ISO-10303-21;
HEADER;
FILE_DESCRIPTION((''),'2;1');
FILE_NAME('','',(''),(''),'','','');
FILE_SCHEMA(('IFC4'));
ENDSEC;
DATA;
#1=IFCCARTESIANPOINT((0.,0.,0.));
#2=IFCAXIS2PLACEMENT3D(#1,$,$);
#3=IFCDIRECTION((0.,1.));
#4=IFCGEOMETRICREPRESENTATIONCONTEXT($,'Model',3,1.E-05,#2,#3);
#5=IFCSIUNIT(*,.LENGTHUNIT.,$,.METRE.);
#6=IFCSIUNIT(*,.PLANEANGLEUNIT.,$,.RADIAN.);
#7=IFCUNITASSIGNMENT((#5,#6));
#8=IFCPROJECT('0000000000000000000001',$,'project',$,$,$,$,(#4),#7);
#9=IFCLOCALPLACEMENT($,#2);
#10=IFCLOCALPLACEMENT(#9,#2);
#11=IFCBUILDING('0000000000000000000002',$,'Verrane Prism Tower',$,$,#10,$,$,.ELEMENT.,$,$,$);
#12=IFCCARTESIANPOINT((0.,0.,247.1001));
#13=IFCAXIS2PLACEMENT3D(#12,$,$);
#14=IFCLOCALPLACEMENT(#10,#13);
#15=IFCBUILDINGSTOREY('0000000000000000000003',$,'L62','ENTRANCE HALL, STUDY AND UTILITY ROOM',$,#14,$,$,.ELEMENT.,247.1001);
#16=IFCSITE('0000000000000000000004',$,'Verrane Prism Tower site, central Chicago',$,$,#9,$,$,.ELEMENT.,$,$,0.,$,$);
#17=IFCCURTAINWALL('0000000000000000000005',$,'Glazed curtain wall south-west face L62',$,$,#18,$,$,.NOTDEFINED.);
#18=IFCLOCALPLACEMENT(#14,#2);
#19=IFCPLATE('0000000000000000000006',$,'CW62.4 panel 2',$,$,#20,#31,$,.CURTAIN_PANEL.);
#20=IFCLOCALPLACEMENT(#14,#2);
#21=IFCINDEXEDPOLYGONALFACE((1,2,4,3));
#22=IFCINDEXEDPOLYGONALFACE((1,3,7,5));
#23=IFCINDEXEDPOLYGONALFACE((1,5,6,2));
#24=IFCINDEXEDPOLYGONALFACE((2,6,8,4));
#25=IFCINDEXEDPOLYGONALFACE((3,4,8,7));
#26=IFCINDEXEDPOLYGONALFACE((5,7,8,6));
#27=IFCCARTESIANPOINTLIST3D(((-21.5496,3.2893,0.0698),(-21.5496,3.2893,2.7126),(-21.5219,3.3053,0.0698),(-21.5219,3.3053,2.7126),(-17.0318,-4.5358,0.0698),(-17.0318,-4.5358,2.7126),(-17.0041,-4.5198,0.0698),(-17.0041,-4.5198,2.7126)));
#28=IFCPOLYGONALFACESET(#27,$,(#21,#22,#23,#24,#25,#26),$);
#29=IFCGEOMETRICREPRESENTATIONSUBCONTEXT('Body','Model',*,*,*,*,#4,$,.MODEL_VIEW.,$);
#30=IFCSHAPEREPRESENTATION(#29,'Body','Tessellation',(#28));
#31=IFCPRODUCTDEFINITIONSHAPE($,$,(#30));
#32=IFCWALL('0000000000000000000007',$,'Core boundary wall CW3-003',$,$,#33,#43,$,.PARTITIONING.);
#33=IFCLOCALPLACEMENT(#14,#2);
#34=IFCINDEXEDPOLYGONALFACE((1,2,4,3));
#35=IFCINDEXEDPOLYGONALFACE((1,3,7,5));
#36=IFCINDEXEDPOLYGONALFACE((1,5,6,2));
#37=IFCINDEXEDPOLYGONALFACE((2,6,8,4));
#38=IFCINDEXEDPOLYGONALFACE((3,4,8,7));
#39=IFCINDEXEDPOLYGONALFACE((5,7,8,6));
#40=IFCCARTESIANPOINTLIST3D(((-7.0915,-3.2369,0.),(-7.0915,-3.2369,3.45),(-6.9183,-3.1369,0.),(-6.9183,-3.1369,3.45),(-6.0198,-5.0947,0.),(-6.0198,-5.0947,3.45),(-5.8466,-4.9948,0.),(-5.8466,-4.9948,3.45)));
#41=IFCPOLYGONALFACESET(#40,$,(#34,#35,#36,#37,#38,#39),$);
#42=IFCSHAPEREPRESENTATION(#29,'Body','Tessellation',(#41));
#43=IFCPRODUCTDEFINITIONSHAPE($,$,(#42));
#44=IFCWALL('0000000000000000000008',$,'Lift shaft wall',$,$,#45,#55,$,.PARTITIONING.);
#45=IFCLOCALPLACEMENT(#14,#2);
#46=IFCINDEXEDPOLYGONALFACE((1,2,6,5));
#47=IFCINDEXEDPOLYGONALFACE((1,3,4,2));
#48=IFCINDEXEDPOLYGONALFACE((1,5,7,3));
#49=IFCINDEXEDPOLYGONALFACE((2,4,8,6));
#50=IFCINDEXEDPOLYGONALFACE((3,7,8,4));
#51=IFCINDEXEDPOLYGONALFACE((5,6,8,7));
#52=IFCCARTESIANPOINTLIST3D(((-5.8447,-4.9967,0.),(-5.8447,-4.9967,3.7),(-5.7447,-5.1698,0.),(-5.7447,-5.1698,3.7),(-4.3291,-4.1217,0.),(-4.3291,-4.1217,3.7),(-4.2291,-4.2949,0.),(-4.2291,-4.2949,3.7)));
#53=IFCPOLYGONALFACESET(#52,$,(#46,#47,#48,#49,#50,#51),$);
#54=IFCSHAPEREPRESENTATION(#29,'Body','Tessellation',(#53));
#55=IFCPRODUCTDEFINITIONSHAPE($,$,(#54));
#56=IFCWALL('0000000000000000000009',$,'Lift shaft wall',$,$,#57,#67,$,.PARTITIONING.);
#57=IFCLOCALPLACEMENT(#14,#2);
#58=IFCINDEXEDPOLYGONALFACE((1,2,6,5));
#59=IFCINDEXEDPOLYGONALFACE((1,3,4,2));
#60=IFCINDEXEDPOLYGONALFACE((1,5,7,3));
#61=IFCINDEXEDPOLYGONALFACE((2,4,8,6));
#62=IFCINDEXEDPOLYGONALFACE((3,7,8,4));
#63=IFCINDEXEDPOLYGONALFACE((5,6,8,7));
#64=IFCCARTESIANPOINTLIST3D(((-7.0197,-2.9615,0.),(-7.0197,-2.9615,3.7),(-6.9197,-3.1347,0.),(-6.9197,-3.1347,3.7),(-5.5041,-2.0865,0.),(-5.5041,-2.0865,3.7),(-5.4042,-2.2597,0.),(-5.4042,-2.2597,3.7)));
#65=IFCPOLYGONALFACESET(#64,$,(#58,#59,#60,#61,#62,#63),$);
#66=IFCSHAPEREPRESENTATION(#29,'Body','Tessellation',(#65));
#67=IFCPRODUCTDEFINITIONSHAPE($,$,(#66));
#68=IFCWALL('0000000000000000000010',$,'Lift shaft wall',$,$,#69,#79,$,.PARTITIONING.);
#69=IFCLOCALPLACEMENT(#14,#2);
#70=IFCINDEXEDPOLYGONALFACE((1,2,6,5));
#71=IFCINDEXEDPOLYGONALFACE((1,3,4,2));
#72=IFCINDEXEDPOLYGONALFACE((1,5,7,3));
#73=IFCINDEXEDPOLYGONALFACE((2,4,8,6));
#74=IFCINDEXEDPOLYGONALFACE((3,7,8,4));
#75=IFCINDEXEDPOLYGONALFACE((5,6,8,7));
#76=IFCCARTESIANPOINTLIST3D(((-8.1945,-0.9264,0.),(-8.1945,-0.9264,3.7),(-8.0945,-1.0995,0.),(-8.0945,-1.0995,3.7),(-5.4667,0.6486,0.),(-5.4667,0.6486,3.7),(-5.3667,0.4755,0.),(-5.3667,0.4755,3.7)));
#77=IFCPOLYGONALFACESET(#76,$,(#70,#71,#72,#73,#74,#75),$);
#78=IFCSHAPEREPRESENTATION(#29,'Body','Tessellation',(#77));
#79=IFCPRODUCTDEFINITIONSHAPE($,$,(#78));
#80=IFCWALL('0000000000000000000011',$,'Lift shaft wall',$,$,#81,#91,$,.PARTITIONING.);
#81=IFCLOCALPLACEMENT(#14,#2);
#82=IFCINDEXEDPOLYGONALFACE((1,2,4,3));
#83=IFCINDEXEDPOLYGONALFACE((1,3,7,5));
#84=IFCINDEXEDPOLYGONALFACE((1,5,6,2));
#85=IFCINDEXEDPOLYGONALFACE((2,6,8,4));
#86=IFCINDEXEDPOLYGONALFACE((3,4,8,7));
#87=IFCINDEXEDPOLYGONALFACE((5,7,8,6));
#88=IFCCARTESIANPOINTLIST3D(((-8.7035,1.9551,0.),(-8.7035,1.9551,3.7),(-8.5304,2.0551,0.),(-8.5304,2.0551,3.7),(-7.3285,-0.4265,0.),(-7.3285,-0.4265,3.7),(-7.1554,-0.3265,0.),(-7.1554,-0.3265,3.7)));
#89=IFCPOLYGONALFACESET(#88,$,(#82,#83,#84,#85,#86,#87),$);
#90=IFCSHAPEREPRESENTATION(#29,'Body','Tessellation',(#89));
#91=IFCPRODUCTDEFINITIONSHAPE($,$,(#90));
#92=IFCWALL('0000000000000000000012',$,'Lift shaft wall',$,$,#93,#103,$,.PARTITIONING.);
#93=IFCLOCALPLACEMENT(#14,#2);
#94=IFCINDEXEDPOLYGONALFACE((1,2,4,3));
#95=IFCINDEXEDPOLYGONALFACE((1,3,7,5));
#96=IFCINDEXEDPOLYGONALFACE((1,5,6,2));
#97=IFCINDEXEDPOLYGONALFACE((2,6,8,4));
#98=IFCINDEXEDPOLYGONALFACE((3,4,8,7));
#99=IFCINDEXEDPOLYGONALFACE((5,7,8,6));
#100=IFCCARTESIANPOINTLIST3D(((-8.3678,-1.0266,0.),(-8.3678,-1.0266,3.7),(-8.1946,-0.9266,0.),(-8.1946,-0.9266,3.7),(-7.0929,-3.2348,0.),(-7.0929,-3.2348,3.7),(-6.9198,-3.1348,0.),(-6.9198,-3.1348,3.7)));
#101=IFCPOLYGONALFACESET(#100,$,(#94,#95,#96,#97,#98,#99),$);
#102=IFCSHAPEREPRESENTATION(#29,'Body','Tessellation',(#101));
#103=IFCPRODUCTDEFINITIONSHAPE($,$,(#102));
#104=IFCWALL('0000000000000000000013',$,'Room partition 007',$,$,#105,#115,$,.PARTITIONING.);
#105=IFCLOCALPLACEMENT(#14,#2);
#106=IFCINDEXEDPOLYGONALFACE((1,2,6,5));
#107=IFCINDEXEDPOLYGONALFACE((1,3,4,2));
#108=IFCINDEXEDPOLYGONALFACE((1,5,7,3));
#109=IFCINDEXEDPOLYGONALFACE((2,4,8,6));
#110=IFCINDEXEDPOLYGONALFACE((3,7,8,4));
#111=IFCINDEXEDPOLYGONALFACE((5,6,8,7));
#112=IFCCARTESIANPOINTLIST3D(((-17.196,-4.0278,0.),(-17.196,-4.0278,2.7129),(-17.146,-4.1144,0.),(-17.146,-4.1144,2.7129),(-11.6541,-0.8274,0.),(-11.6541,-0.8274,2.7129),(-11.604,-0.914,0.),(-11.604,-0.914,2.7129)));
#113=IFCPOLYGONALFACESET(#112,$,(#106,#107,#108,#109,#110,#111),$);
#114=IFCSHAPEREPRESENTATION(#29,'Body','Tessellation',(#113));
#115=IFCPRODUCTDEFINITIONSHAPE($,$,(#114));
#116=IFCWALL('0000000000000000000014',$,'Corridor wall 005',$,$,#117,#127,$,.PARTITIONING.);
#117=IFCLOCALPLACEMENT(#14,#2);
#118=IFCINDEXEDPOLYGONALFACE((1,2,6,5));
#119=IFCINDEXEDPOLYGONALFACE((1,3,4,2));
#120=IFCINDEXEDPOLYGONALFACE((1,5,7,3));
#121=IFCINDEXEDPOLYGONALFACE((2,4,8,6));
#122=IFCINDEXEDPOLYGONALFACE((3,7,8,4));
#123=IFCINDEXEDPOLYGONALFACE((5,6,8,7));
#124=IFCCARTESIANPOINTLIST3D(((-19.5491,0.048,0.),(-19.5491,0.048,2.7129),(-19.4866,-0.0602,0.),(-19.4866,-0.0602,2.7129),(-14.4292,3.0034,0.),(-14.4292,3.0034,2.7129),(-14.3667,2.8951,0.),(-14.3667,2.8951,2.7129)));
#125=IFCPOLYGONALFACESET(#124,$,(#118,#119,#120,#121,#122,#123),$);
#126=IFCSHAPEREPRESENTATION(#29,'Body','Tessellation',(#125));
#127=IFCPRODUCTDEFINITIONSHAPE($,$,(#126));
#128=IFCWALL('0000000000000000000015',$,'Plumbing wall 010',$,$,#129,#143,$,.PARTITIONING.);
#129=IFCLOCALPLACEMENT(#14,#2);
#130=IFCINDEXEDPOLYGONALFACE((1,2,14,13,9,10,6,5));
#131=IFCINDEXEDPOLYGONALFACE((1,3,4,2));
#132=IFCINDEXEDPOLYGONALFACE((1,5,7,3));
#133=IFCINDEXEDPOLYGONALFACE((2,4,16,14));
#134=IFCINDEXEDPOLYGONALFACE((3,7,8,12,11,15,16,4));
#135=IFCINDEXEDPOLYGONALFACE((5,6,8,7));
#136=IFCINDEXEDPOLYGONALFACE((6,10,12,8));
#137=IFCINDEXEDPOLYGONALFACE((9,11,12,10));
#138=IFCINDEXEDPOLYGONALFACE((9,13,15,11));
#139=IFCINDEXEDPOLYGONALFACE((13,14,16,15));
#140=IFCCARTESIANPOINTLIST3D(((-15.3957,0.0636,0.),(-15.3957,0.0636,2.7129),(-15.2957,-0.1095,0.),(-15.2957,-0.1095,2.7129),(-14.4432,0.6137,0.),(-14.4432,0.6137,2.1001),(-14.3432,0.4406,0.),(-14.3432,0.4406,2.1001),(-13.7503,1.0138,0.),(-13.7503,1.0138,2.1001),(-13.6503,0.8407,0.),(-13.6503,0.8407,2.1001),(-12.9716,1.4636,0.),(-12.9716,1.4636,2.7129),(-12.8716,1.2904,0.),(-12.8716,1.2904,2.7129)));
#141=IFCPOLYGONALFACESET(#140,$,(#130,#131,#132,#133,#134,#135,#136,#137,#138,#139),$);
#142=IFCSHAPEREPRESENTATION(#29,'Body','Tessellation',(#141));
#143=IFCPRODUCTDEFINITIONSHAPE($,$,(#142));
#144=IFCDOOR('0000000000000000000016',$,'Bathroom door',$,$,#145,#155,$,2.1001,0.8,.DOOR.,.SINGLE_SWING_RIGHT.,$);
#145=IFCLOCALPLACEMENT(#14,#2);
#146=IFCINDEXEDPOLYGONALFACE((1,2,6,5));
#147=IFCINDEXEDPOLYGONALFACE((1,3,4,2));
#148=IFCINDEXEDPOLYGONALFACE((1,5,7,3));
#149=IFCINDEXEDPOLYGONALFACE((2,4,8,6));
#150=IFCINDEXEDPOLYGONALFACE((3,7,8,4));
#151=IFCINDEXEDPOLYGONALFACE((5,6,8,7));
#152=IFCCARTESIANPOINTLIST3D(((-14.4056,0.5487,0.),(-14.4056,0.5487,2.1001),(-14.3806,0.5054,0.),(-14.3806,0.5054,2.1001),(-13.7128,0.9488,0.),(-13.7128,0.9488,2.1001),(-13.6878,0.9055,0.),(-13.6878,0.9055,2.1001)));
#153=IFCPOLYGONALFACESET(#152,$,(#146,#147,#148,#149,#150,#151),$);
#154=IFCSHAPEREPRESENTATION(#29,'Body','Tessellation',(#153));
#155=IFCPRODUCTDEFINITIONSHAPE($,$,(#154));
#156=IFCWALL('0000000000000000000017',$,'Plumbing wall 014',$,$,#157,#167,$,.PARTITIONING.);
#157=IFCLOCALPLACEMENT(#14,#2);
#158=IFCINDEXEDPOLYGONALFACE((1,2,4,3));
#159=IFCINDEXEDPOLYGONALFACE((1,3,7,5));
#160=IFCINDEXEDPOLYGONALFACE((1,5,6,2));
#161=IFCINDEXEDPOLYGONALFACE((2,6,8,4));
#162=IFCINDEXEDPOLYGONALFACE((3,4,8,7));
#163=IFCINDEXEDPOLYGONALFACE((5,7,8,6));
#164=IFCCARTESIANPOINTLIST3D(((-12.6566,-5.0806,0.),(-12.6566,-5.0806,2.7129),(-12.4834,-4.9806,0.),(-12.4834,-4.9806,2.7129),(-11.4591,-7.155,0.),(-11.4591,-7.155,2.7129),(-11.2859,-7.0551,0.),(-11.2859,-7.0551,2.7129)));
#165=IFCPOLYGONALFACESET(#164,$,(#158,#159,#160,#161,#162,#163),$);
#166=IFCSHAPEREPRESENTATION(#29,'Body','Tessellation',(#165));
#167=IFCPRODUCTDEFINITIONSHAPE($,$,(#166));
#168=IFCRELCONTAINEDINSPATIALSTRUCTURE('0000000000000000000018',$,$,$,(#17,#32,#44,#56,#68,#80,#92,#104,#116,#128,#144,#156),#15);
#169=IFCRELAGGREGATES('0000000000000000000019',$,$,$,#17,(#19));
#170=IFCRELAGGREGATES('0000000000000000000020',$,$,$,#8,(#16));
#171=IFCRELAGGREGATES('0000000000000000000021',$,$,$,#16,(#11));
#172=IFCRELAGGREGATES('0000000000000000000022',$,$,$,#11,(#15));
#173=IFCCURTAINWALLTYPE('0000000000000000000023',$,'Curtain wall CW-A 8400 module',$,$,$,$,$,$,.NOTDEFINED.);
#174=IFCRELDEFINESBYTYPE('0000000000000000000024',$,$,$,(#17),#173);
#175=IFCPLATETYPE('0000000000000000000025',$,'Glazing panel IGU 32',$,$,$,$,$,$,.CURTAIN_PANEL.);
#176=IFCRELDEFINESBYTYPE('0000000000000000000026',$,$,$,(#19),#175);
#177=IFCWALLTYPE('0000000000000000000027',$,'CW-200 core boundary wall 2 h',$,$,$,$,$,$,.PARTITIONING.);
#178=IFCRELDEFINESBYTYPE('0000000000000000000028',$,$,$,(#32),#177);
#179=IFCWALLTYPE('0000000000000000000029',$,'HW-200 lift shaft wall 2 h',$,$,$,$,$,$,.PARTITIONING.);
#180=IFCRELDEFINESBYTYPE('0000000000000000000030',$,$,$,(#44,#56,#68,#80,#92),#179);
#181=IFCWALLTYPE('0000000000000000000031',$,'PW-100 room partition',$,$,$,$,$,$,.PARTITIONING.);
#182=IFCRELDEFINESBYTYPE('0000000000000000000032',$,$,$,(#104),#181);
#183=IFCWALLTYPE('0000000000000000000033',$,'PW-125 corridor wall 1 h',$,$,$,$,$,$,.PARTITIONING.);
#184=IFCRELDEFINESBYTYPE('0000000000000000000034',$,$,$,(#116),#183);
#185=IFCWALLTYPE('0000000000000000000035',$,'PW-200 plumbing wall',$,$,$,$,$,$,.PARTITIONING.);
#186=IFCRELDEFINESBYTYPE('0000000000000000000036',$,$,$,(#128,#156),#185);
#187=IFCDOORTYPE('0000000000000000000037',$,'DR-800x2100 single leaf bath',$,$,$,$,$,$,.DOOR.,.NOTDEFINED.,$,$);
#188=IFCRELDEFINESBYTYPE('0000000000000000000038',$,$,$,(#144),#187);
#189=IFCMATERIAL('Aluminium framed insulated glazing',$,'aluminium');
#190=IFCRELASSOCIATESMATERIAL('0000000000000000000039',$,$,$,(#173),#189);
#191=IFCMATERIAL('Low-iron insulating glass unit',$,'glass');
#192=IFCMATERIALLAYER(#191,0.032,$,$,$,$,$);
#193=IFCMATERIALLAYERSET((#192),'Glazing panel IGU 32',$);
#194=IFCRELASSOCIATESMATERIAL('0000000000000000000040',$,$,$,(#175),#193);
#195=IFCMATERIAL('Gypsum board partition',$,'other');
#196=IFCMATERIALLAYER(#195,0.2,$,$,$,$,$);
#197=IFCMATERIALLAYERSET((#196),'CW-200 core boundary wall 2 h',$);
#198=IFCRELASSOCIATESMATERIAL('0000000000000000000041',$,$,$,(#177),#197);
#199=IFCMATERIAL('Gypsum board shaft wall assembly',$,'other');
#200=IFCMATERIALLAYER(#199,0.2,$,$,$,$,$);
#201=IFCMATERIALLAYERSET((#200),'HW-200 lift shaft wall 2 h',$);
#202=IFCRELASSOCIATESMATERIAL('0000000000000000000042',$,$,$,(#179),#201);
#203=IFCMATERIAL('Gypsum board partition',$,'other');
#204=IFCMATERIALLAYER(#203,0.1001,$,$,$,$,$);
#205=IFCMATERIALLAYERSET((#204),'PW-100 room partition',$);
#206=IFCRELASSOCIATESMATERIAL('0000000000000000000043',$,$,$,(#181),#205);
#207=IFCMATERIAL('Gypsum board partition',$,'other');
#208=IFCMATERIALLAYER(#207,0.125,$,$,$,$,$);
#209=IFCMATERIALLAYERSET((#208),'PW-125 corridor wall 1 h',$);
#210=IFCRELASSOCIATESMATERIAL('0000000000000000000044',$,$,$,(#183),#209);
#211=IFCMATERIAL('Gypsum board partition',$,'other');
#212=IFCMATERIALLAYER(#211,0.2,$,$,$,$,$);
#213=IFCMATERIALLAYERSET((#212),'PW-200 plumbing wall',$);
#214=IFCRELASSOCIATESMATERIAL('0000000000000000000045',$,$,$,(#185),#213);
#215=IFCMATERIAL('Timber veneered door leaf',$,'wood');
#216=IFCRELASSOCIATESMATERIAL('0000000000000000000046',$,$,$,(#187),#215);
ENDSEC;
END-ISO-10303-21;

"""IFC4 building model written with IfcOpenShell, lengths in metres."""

from ifc_helpers import new_model, si_unit, direction, frame, frame_2d, origin, origin_2d, place, context, subcontext, project, spatial, rectangle, extrude, material, layer, layer_set, type_object, element, fill, aggregate, save


model = new_model("IFC4")

# Units and contexts
model_context = context("Model", 3, precision=1e-05, world=origin(), true_north=direction((0.0, 1.0)))
body_context = subcontext(model_context, "Body", "Model", "MODEL_VIEW")
ifc_project = project(units=[si_unit("LENGTHUNIT", "METRE"), si_unit("PLANEANGLEUNIT", "RADIAN")], contexts=[model_context])

# Site, building, storey
site_placement = place(None, origin())
site = spatial("IfcSite", under=ifc_project, at=site_placement, Name="Verrane Prism Tower site, central Chicago", CompositionType="ELEMENT", RefElevation=0.0)
building_placement = place(site_placement, origin())
building = spatial("IfcBuilding", under=site, at=building_placement, Name="Verrane Prism Tower", CompositionType="ELEMENT")
storey_placement = place(building_placement, frame((0.0, 0.0, 247.1001)))
storey = spatial("IfcBuildingStorey", under=building, at=storey_placement, Name="L62", Description="ENTRANCE HALL, STUDY AND UTILITY ROOM", CompositionType="ELEMENT", Elevation=247.1001)

# Curtain wall
ifc_material_1 = material(Name="Aluminium framed insulated glazing", Category="aluminium")
curtain_wall_type = type_object("IfcCurtainWallType", Name="Curtain wall CW-A 8400 module", PredefinedType="NOTDEFINED", material=ifc_material_1)
curtain_wall_placement = place(storey_placement, origin())
curtain_wall = element("IfcCurtainWall", 1, at=curtain_wall_placement, inside=storey, type_object=curtain_wall_type, Name="Glazed curtain wall south-west face L62", PredefinedType="NOTDEFINED")

# Plate
ifc_material_2 = material(Name="Low-iron insulating glass unit", Category="glass")
ifc_layer_1 = layer(ifc_material_2, 0.032)
ifc_layer_set_1 = layer_set([ifc_layer_1], Name="Glazing panel IGU 32")
plate_type = type_object("IfcPlateType", Name="Glazing panel IGU 32", PredefinedType="CURTAIN_PANEL", material=ifc_layer_set_1)
plate_placement = place(storey_placement, frame((-19.2769, -0.6152, 0.0698), z_axis=(0.0, 0.0, 1.0), x_axis=(0.5, -0.866026, 0.0)))
plate = element("IfcPlate", 2, at=plate_placement, type_object=plate_type, Name="CW62.4 panel 2", PredefinedType="CURTAIN_PANEL", context=body_context, shape_type="SweptSolid", body=[
    extrude(rectangle(XDim=9.0356, YDim=0.032, at=origin_2d()), origin(), (0.0, 0.0, 1.0), 2.6428),
])
aggregate(curtain_wall, [plate])

# Walls
ifc_material_3 = material(Name="Gypsum board partition", Category="other")
ifc_layer_2 = layer(ifc_material_3, 0.2)
ifc_layer_set_2 = layer_set([ifc_layer_2], Name="CW-200 core boundary wall 2 h")
wall_type_1 = type_object("IfcWallType", Name="CW-200 core boundary wall 2 h", PredefinedType="PARTITIONING", material=ifc_layer_set_2)
wall_1_placement = place(storey_placement, frame((-7.0049, -3.187, 0.0), z_axis=(0.0, 0.0, 1.0), x_axis=(0.49969, -0.866205, 0.0)))
element("IfcWall", 3, at=wall_1_placement, inside=storey, type_object=wall_type_1, Name="Core boundary wall CW3-003", PredefinedType="PARTITIONING", context=body_context, shape_type="SweptSolid", body=[
    extrude(rectangle(XDim=2.1448, YDim=0.2, at=frame_2d((1.0723, 0.0))), origin(), (0.0, 0.0, 1.0), 3.45),
])
ifc_material_4 = material(Name="Gypsum board shaft wall assembly", Category="other")
ifc_layer_3 = layer(ifc_material_4, 0.2)
ifc_layer_set_3 = layer_set([ifc_layer_3], Name="HW-200 lift shaft wall 2 h")
wall_type_2 = type_object("IfcWallType", Name="HW-200 lift shaft wall 2 h", PredefinedType="PARTITIONING", material=ifc_layer_set_3)
for number, where, z_axis, x_axis, name in (
    (4, (-5.7947, -5.0833, 0.0), (0.0, 0.0, 1.0), (0.866037, 0.49998, 0.0), "Lift shaft wall"),
    (5, (-6.9697, -3.0481, 0.0), (0.0, 0.0, 1.0), (0.866037, 0.49998, 0.0), "Lift shaft wall"),
):
    element("IfcWall", number, at=place(storey_placement, frame(where, z_axis=z_axis, x_axis=x_axis)), inside=storey, type_object=wall_type_2, Name=name, PredefinedType="PARTITIONING", context=body_context, shape_type="SweptSolid", body=[
        extrude(rectangle(XDim=1.75, YDim=0.2, at=frame_2d((0.875, 0.0))), origin(), (0.0, 0.0, 1.0), 3.7),
    ])
wall_2_placement = place(storey_placement, frame((-8.1445, -1.0129, 0.0), z_axis=(0.0, 0.0, 1.0), x_axis=(0.866016, 0.500015, 0.0)))
element("IfcWall", 6, at=wall_2_placement, inside=storey, type_object=wall_type_2, Name="Lift shaft wall", PredefinedType="PARTITIONING", context=body_context, shape_type="SweptSolid", body=[
    extrude(rectangle(XDim=3.1499, YDim=0.2, at=frame_2d((1.575, 0.0))), origin(), (0.0, 0.0, 1.0), 3.7),
])
wall_3_placement = place(storey_placement, frame((-7.2419, -0.3765, 0.0), z_axis=(0.0, 0.0, 1.0), x_axis=(-0.499997, 0.866027, 0.0)))
element("IfcWall", 7, at=wall_3_placement, inside=storey, type_object=wall_type_2, Name="Lift shaft wall", PredefinedType="PARTITIONING", context=body_context, shape_type="SweptSolid", body=[
    extrude(rectangle(XDim=2.75, YDim=0.2, at=frame_2d((1.375, 0.0))), origin(), (0.0, 0.0, 1.0), 3.7),
])
wall_4_placement = place(storey_placement, frame((-7.0063, -3.1848, 0.0), z_axis=(0.0, 0.0, 1.0), x_axis=(-0.49999, 0.866031, 0.0)))
element("IfcWall", 8, at=wall_4_placement, inside=storey, type_object=wall_type_2, Name="Lift shaft wall", PredefinedType="PARTITIONING", context=body_context, shape_type="SweptSolid", body=[
    extrude(rectangle(XDim=2.5498, YDim=0.2, at=frame_2d((1.2749, 0.0))), origin(), (0.0, 0.0, 1.0), 3.7),
])
ifc_material_5 = material(Name="Gypsum board partition", Category="other")
ifc_layer_4 = layer(ifc_material_5, 0.1001)
ifc_layer_set_4 = layer_set([ifc_layer_4], Name="PW-100 room partition")
wall_type_3 = type_object("IfcWallType", Name="PW-100 room partition", PredefinedType="PARTITIONING", material=ifc_layer_set_4)
wall_5_placement = place(storey_placement, frame((-17.1709, -4.071, 0.0), z_axis=(0.0, 0.0, 1.0), x_axis=(0.865973, 0.50009, 0.0)))
element("IfcWall", 9, at=wall_5_placement, inside=storey, type_object=wall_type_3, Name="Room partition 007", PredefinedType="PARTITIONING", context=body_context, shape_type="SweptSolid", body=[
    extrude(rectangle(XDim=6.3997, YDim=0.1001, at=frame_2d((3.1997, 0.0))), origin(), (0.0, 0.0, 1.0), 2.7129),
])
ifc_material_6 = material(Name="Gypsum board partition", Category="other")
ifc_layer_5 = layer(ifc_material_6, 0.125)
ifc_layer_set_5 = layer_set([ifc_layer_5], Name="PW-125 corridor wall 1 h")
wall_type_4 = type_object("IfcWallType", Name="PW-125 corridor wall 1 h", PredefinedType="PARTITIONING", material=ifc_layer_set_5)
wall_6_placement = place(storey_placement, frame((-19.5178, -0.0061, 0.0), z_axis=(0.0, 0.0, 1.0), x_axis=(0.866072, 0.499919, 0.0)))
element("IfcWall", 10, at=wall_6_placement, inside=storey, type_object=wall_type_4, Name="Corridor wall 005", PredefinedType="PARTITIONING", context=body_context, shape_type="SweptSolid", body=[
    extrude(rectangle(XDim=5.9116, YDim=0.125, at=frame_2d((2.9558, 0.0))), origin(), (0.0, 0.0, 1.0), 2.7129),
])

# Wall, opening, door
ifc_material_7 = material(Name="Gypsum board partition", Category="other")
ifc_layer_6 = layer(ifc_material_7, 0.2)
ifc_layer_set_6 = layer_set([ifc_layer_6], Name="PW-200 plumbing wall")
wall_type_5 = type_object("IfcWallType", Name="PW-200 plumbing wall", PredefinedType="PARTITIONING", material=ifc_layer_set_6)
wall_7_placement = place(storey_placement, frame((-15.3457, -0.0229, 0.0), z_axis=(0.0, 0.0, 1.0), x_axis=(0.865969, 0.500097, 0.0)))
wall_7 = element("IfcWall", 11, at=wall_7_placement, inside=storey, type_object=wall_type_5, Name="Plumbing wall 010", PredefinedType="PARTITIONING", context=body_context, shape_type="SweptSolid", body=[
    extrude(rectangle(XDim=2.7993, YDim=0.2, at=frame_2d((1.3997, 0.0))), origin(), (0.0, 0.0, 1.0), 2.7129),
])
opening_1_placement = place(wall_7_placement, frame((1.1001, 0.0, 0.0)))
opening_1 = element("IfcOpeningElement", 12, at=opening_1_placement, cuts=wall_7, PredefinedType="OPENING", context=body_context, shape_type="SweptSolid", body=[
    extrude(rectangle(XDim=0.8, YDim=2.1001, at=frame_2d((0.3999, 1.05))), frame((0.0, 0.1099, 0.0), z_axis=(0.0, -1.0, 0.0), x_axis=(1.0, 0.0, 0.0)), (0.0, 0.0, 1.0), 0.22),
])
ifc_material_8 = material(Name="Timber veneered door leaf", Category="wood")
door_type = type_object("IfcDoorType", Name="DR-800x2100 single leaf bath", OperationType="NOTDEFINED", PredefinedType="DOOR", material=ifc_material_8)
door_1_placement = place(opening_1_placement, origin())
door_1 = element("IfcDoor", 13, at=door_1_placement, inside=storey, type_object=door_type, Name="Bathroom door", OperationType="SINGLE_SWING_RIGHT", OverallHeight=2.1001, OverallWidth=0.8, PredefinedType="DOOR", context=body_context, shape_type="SweptSolid", body=[
    extrude(rectangle(XDim=0.8, YDim=2.1001, at=frame_2d((0.3999, 1.05))), frame((0.0, 0.0249, 0.0), z_axis=(0.0, -1.0, 0.0), x_axis=(1.0, 0.0, 0.0)), (0.0, 0.0, 1.0), 0.05),
])
fill(opening_1, door_1)

# Wall
wall_8_placement = place(storey_placement, frame((-12.5701, -5.0305, 0.0), z_axis=(0.0, 0.0, 1.0), x_axis=(0.499943, -0.866058, 0.0)))
element("IfcWall", 14, at=wall_8_placement, inside=storey, type_object=wall_type_5, Name="Plumbing wall 014", PredefinedType="PARTITIONING", context=body_context, shape_type="SweptSolid", body=[
    extrude(rectangle(XDim=2.3953, YDim=0.2, at=frame_2d((1.1978, 0.0))), origin(), (0.0, 0.0, 1.0), 2.7129),
])

save(model, "model.ifc")
